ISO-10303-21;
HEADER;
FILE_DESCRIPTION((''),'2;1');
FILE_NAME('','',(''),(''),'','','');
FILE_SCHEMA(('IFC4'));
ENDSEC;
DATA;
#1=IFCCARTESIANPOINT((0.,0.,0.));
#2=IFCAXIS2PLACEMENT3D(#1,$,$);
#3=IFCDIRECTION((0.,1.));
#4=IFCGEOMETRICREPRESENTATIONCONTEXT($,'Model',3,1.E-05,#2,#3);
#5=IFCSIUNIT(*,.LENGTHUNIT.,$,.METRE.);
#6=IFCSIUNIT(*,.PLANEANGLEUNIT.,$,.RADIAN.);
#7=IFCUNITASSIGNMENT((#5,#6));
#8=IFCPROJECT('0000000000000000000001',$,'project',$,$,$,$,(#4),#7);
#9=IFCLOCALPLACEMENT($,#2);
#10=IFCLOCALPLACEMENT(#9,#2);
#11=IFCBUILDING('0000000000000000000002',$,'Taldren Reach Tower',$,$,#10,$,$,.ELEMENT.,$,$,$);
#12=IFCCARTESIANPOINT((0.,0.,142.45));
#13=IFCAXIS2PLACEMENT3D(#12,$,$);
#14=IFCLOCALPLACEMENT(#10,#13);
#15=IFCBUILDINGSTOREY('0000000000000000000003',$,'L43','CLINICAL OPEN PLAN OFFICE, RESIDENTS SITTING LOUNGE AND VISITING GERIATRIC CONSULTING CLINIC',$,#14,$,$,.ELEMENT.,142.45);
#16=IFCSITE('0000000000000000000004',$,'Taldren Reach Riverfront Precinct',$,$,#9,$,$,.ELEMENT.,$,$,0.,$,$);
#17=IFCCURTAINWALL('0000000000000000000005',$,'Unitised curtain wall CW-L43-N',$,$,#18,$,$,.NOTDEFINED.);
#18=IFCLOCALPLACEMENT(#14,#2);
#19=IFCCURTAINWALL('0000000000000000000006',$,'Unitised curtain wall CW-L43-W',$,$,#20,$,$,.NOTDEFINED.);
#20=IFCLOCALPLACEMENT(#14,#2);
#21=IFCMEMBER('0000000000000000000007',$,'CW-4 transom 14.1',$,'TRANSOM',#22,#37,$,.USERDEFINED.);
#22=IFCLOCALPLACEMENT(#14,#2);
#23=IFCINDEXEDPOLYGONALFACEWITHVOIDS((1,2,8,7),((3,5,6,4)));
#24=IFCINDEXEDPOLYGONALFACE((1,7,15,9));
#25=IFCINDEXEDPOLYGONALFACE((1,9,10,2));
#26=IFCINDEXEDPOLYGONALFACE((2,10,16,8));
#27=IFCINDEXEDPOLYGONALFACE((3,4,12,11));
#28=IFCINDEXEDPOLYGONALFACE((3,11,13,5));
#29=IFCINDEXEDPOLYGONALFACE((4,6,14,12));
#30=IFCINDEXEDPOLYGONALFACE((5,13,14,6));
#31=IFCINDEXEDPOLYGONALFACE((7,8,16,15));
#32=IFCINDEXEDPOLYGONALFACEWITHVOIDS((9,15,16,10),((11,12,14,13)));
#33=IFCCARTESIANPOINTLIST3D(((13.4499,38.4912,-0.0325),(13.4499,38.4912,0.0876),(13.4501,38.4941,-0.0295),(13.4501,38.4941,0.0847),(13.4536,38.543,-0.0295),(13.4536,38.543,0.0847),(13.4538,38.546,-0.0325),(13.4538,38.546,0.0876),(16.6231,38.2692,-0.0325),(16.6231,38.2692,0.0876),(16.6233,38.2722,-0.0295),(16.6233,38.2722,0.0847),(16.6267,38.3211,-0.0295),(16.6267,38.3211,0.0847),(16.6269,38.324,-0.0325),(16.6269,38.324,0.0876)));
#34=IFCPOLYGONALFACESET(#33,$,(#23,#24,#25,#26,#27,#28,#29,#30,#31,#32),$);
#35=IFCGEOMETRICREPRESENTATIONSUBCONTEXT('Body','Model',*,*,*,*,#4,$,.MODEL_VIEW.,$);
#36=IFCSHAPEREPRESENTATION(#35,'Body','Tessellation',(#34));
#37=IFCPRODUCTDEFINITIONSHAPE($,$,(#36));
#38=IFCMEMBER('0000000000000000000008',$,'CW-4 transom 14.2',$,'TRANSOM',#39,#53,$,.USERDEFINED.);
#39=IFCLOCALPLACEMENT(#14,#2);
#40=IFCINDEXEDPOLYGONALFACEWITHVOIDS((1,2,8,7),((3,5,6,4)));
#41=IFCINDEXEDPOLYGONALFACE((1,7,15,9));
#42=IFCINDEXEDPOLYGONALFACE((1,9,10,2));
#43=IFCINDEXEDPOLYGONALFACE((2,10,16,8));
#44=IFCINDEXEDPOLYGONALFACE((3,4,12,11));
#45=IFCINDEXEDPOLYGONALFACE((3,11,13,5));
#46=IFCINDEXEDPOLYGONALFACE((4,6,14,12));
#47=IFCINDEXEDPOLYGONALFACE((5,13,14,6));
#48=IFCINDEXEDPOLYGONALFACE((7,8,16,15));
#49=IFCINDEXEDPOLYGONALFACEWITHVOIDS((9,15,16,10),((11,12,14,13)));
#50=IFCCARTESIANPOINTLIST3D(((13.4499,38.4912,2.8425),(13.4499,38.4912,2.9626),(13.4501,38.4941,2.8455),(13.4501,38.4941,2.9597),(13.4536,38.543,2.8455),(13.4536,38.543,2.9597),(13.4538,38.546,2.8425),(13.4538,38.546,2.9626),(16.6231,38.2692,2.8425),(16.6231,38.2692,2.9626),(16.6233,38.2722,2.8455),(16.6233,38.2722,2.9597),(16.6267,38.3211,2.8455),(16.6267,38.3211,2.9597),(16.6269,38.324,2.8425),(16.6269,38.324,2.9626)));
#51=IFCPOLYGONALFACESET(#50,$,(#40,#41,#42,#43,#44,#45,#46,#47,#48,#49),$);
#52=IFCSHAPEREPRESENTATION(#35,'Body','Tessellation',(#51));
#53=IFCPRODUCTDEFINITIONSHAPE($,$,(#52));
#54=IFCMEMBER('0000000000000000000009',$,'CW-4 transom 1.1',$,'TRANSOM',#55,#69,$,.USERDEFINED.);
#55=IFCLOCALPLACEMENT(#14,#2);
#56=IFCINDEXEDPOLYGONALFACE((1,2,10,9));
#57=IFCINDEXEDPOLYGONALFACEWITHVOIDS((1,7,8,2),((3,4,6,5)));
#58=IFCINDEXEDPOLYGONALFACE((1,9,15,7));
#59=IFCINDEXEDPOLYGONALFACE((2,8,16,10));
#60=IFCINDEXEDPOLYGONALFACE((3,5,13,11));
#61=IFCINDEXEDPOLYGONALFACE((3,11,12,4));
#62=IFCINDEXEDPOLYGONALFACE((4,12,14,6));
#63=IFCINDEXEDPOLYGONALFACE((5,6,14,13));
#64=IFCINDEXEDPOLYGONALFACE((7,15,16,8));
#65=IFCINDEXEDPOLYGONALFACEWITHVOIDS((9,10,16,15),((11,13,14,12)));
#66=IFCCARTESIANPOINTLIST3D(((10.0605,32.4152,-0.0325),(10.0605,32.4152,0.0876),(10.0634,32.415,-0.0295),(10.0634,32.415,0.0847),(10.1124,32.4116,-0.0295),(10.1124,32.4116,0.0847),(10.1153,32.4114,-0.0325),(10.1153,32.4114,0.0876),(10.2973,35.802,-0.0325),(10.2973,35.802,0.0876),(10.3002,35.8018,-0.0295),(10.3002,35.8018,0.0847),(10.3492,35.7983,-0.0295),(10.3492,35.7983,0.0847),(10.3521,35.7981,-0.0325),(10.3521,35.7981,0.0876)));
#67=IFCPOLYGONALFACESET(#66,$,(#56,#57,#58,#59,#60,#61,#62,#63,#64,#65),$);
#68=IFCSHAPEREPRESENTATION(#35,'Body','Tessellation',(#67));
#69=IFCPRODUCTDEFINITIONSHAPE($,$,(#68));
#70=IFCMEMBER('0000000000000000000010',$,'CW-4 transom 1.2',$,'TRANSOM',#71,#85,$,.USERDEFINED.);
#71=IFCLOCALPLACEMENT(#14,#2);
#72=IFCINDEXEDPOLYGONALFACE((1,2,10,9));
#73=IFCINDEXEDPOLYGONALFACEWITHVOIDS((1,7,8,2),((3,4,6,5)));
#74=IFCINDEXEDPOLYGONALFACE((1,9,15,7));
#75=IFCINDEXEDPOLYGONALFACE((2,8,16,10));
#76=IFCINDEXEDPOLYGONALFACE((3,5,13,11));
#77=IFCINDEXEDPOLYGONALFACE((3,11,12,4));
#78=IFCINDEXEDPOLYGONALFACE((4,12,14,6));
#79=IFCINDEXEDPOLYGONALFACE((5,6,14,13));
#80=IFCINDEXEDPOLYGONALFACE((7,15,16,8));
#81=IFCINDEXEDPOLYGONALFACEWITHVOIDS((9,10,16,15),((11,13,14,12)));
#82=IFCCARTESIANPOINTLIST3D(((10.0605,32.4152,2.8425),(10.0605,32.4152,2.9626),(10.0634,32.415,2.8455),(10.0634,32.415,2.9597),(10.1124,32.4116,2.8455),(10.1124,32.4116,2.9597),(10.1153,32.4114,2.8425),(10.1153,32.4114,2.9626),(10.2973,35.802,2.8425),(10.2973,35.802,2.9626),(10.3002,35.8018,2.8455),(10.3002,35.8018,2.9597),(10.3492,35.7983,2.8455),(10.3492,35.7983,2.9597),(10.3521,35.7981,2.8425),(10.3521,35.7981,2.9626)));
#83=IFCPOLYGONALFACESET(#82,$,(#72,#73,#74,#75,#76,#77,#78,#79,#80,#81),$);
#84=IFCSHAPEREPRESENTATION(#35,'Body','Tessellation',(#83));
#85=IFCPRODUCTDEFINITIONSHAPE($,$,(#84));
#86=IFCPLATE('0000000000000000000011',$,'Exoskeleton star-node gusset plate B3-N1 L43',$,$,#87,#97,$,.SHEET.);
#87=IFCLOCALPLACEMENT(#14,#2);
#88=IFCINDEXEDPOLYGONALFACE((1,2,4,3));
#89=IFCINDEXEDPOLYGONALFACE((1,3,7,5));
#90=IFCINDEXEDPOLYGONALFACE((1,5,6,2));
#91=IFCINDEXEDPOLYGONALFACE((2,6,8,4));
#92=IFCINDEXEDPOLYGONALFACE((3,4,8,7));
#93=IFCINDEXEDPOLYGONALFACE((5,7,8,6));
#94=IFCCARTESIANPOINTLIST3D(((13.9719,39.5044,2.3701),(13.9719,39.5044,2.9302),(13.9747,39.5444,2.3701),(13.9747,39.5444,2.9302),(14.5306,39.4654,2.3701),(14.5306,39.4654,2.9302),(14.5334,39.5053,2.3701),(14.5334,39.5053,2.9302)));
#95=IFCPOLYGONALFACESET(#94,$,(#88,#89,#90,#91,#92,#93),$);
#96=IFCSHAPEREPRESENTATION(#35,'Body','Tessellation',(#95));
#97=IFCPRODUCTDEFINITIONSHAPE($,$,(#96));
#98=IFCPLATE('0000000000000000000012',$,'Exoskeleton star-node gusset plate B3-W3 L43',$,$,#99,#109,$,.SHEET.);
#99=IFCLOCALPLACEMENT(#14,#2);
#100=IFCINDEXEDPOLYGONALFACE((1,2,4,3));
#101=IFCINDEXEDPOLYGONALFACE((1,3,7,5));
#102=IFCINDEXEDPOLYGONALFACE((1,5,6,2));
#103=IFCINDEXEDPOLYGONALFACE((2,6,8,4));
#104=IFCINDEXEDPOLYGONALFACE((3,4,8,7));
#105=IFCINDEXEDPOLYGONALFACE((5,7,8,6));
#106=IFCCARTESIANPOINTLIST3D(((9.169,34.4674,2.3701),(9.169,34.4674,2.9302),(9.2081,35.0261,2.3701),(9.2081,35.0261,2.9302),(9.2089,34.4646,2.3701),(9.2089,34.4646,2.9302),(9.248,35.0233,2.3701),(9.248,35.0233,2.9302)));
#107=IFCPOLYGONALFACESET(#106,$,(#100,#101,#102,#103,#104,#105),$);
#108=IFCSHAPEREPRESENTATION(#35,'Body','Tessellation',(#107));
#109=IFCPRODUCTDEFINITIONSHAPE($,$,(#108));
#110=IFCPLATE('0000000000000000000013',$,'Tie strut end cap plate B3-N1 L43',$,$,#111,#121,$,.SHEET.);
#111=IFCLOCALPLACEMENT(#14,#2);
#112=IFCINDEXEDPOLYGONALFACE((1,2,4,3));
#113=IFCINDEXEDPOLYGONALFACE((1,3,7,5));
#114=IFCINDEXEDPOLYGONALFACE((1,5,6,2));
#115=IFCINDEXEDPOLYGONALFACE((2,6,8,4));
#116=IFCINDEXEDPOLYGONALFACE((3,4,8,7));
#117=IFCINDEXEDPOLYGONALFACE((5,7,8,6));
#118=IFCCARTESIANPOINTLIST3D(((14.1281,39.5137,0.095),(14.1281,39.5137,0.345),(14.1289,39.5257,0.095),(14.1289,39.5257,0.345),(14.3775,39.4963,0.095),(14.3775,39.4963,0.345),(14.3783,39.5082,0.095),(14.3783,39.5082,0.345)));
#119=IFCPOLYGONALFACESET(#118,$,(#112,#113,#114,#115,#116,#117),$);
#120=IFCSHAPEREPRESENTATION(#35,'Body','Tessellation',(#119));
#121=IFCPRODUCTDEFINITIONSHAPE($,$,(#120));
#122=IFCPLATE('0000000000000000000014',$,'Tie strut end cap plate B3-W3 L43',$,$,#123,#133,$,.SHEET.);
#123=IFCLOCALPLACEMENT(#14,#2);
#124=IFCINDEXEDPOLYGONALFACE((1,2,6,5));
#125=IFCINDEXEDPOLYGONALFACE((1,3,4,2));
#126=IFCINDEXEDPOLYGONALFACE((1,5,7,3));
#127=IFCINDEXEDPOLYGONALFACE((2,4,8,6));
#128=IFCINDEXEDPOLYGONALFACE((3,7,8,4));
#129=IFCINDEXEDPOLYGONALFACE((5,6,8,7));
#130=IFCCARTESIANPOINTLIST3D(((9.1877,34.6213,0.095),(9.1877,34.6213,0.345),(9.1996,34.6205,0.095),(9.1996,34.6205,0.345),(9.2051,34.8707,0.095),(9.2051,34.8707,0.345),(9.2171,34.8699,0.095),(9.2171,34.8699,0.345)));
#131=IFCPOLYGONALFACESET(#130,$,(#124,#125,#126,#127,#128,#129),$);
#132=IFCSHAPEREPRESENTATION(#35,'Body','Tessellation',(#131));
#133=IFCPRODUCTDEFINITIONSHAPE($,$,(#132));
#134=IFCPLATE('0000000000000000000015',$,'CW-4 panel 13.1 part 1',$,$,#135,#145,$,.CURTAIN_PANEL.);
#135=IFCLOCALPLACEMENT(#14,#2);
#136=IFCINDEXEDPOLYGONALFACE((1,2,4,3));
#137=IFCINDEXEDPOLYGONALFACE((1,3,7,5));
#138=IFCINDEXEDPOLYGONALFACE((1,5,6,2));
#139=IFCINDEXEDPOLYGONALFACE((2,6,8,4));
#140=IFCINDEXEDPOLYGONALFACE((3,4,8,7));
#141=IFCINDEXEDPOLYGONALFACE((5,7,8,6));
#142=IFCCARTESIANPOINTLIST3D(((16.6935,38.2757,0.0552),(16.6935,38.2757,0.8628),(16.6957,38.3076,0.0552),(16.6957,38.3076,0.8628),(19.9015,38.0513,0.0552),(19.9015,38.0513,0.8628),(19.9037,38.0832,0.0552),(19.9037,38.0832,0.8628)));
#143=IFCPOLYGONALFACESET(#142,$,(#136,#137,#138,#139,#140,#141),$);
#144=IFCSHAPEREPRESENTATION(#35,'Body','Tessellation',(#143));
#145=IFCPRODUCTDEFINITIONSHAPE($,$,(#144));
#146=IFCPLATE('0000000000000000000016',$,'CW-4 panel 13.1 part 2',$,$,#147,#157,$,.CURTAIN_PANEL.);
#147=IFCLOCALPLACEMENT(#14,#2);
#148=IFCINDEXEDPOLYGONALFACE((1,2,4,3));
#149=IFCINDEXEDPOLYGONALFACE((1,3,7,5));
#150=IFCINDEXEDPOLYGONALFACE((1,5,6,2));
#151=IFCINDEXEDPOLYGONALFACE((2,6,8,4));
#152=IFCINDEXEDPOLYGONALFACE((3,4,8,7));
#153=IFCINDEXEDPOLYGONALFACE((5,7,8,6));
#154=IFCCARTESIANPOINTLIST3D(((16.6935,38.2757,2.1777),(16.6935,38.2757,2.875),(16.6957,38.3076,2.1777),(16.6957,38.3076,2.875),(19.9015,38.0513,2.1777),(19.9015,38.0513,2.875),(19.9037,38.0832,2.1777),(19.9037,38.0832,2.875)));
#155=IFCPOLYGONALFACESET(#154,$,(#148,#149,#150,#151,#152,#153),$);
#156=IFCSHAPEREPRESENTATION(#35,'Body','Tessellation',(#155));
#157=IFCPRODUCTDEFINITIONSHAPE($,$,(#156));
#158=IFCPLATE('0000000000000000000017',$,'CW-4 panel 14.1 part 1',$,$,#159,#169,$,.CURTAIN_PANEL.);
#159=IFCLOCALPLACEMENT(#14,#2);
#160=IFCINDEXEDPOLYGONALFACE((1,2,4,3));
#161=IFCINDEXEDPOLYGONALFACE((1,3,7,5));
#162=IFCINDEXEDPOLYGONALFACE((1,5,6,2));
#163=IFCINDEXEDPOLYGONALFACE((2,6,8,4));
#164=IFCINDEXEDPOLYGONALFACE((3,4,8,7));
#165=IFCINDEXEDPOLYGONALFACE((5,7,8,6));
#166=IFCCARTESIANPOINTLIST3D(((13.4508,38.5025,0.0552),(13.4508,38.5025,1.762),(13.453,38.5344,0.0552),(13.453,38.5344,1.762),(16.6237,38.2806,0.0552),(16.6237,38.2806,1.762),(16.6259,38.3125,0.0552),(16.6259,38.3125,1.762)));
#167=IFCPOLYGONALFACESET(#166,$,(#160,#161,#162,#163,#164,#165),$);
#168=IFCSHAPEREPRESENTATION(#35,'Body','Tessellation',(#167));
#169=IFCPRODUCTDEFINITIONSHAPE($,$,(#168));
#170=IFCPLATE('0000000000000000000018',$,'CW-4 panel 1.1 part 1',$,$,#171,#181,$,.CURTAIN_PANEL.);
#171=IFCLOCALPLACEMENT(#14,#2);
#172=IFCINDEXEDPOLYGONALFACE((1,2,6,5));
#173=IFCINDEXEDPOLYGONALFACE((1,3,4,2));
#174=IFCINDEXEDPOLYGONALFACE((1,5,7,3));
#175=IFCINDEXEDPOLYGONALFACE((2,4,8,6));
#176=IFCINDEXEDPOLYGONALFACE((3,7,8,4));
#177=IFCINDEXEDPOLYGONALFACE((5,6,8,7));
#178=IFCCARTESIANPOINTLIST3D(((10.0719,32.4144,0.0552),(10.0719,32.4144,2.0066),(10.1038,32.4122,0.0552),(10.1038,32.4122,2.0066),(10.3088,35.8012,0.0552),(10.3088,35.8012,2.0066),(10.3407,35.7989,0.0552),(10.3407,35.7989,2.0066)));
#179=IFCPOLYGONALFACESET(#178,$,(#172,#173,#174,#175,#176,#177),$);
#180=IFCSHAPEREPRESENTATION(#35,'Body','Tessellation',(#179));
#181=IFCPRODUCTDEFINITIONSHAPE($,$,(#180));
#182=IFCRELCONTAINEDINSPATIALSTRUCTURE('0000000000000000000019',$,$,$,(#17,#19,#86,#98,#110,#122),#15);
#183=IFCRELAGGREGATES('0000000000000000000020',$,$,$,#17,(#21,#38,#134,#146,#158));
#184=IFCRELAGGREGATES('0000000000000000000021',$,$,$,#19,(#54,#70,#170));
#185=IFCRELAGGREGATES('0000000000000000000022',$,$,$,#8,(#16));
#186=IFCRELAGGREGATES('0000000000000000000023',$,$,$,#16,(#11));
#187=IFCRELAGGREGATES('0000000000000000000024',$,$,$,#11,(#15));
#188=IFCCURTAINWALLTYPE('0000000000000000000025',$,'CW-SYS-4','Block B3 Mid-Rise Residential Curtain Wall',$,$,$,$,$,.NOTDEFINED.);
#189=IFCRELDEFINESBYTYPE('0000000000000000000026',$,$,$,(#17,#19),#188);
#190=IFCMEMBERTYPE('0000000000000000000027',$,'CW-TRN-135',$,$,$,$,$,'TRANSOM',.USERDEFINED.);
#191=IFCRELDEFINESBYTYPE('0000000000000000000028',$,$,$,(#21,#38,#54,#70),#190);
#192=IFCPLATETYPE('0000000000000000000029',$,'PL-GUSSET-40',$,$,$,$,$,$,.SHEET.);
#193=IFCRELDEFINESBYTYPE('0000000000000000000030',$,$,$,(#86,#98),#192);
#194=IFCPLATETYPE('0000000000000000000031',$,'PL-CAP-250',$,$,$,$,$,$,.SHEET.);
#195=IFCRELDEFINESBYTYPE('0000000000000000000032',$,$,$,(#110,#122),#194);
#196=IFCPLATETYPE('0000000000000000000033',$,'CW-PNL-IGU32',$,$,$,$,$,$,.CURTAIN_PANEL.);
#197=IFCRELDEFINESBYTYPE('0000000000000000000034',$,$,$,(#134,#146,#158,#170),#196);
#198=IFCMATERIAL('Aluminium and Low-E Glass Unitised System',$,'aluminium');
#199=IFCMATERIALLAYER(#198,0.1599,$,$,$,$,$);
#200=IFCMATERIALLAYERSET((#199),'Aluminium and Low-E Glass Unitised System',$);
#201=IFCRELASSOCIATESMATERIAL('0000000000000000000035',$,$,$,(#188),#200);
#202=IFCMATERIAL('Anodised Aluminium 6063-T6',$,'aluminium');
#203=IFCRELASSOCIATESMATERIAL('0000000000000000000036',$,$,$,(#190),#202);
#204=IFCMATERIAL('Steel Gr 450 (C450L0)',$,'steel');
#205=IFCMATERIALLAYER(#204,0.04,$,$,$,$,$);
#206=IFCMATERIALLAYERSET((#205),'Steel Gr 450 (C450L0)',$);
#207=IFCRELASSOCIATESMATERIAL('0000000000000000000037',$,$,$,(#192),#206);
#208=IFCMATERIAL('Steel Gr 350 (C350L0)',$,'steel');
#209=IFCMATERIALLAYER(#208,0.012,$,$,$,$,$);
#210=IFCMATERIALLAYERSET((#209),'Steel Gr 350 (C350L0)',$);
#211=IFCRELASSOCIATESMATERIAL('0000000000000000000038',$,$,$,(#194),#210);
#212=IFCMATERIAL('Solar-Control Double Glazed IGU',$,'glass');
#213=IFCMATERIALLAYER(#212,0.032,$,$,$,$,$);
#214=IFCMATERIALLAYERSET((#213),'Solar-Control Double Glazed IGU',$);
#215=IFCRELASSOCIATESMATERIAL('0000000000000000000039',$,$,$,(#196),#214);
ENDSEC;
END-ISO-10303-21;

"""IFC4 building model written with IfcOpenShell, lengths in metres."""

from ifc_helpers import new_model, si_unit, direction, frame, origin, origin_2d, place, context, subcontext, project, spatial, rectangle, hollow_rectangle, extrude, source, transform, mapped, material, layer, layer_set, material_profile, profile_set, type_object, element, aggregate, save


model = new_model("IFC4")

# Units and contexts
model_context = context("Model", 3, precision=1e-05, world=origin(), true_north=direction((0.0, 1.0)))
body_context = subcontext(model_context, "Body", "Model", "MODEL_VIEW")
ifc_project = project(units=[si_unit("LENGTHUNIT", "METRE"), si_unit("PLANEANGLEUNIT", "RADIAN")], contexts=[model_context])

# Site, building, storey
site_placement = place(None, origin())
site = spatial("IfcSite", under=ifc_project, at=site_placement, Name="Taldren Reach Riverfront Precinct", CompositionType="ELEMENT", RefElevation=0.0)
building_placement = place(site_placement, origin())
building = spatial("IfcBuilding", under=site, at=building_placement, Name="Taldren Reach Tower", CompositionType="ELEMENT")
storey_placement = place(building_placement, frame((0.0, 0.0, 142.45)))
storey = spatial("IfcBuildingStorey", under=building, at=storey_placement, Name="L43", Description="CLINICAL OPEN PLAN OFFICE, RESIDENTS SITTING LOUNGE AND VISITING GERIATRIC CONSULTING CLINIC", CompositionType="ELEMENT", Elevation=142.45)

# Shared definitions
ifc_material_1 = material(Name="Steel Gr 450 (C450L0)", Category="steel")

# Shared definitions
ifc_material_2 = material(Name="Steel Gr 350 (C350L0)", Category="steel")

# Curtain walls
ifc_material_3 = material(Name="Aluminium and Low-E Glass Unitised System", Category="aluminium")
ifc_layer_1 = layer(ifc_material_3, 0.1599)
ifc_layer_set_1 = layer_set([ifc_layer_1], Name="Aluminium and Low-E Glass Unitised System")
curtain_wall_type = type_object("IfcCurtainWallType", Name="CW-SYS-4", Description="Block B3 Mid-Rise Residential Curtain Wall", PredefinedType="NOTDEFINED", material=ifc_layer_set_1)
curtain_wall_1_placement = place(storey_placement, origin())
curtain_wall_1 = element("IfcCurtainWall", 1, at=curtain_wall_1_placement, inside=storey, type_object=curtain_wall_type, Name="Unitised curtain wall CW-L43-N", PredefinedType="NOTDEFINED")
ifc_material_4 = material(Name="Anodised Aluminium 6063-T6", Category="aluminium")
curtain_wall_2_placement = place(storey_placement, origin())
curtain_wall_2 = element("IfcCurtainWall", 2, at=curtain_wall_2_placement, inside=storey, type_object=curtain_wall_type, Name="Unitised curtain wall CW-L43-W", PredefinedType="NOTDEFINED")

# Members
ifc_material_profile_1 = material_profile(ifc_material_4, hollow_rectangle(XDim=0.0549, YDim=0.1201, WallThickness=0.0029, at=origin_2d()), Name="ALU-120x55x3RHS")
ifc_profile_set_1 = profile_set([ifc_material_profile_1], Name="Anodised Aluminium 6063-T6")
member_type_1 = type_object("IfcMemberType", Name="CW-TRN-135", ElementType="TRANSOM", PredefinedType="USERDEFINED", material=ifc_profile_set_1)
shared_shape_1 = source(origin(), body_context, "Body", "SweptSolid", [
    extrude(hollow_rectangle(XDim=0.0549, YDim=0.1201, WallThickness=0.0029, at=origin_2d()), origin(), (0.0, 0.0, 1.0), 3.1809),
])
member_1_placement = place(storey_placement, frame((16.625, 38.2966, 0.0276), z_axis=(-0.997563, 0.069769, 0.0), x_axis=(-0.069769, -0.997563, 0.0)))
member_1 = element("IfcMember", 3, at=member_1_placement, type_object=member_type_1, Name="CW-4 transom 14.1", ObjectType="TRANSOM", PredefinedType="USERDEFINED", context=body_context, shape_type="MappedRepresentation", body=[
    mapped(shared_shape_1, transform((0.0, 0.0, 0.0), scale=1.0)),
])
member_2_placement = place(storey_placement, frame((16.625, 38.2966, 2.9026), z_axis=(-0.997563, 0.069769, 0.0), x_axis=(-0.069769, -0.997563, 0.0)))
member_2 = element("IfcMember", 4, at=member_2_placement, type_object=member_type_1, Name="CW-4 transom 14.2", ObjectType="TRANSOM", PredefinedType="USERDEFINED", context=body_context, shape_type="MappedRepresentation", body=[
    mapped(shared_shape_1, transform((0.0, 0.0, 0.0), scale=1.0)),
])
shared_shape_2 = source(origin(), body_context, "Body", "SweptSolid", [
    extrude(hollow_rectangle(XDim=0.0549, YDim=0.1201, WallThickness=0.0029, at=origin_2d()), origin(), (0.0, 0.0, 1.0), 3.395),
])
member_3_placement = place(storey_placement, frame((10.3247, 35.8, 0.0276), z_axis=(-0.069755, -0.997564, 0.0), x_axis=(0.997564, -0.069755, 0.0)))
member_3 = element("IfcMember", 5, at=member_3_placement, type_object=member_type_1, Name="CW-4 transom 1.1", ObjectType="TRANSOM", PredefinedType="USERDEFINED", context=body_context, shape_type="MappedRepresentation", body=[
    mapped(shared_shape_2, transform((0.0, 0.0, 0.0), scale=1.0)),
])
member_4_placement = place(storey_placement, frame((10.3247, 35.8, 2.9026), z_axis=(-0.069755, -0.997564, 0.0), x_axis=(0.997564, -0.069755, 0.0)))
member_4 = element("IfcMember", 6, at=member_4_placement, type_object=member_type_1, Name="CW-4 transom 1.2", ObjectType="TRANSOM", PredefinedType="USERDEFINED", context=body_context, shape_type="MappedRepresentation", body=[
    mapped(shared_shape_2, transform((0.0, 0.0, 0.0), scale=1.0)),
])

# Plates
ifc_layer_2 = layer(ifc_material_1, 0.04)
ifc_layer_set_2 = layer_set([ifc_layer_2], Name="Steel Gr 450 (C450L0)")
plate_type_1 = type_object("IfcPlateType", Name="PL-GUSSET-40", PredefinedType="SHEET", material=ifc_layer_set_2)
shared_shape_3 = source(origin(), body_context, "Body", "SweptSolid", [
    extrude(rectangle(XDim=0.5601, YDim=0.04, at=origin_2d()), origin(), (0.0, 0.0, 1.0), 0.5601),
])
for number, where, z_axis, x_axis, name in (
    (7, (14.2527, 39.5049, 2.3701), (0.0, 0.0, 1.0), (0.997564, -0.069756, 0.0), "Exoskeleton star-node gusset plate B3-N1 L43"),
    (8, (9.2085, 34.7454, 2.3701), (0.0, 0.0, 1.0), (0.069756, 0.997564, 0.0), "Exoskeleton star-node gusset plate B3-W3 L43"),
):
    element("IfcPlate", number, at=place(storey_placement, frame(where, z_axis=z_axis, x_axis=x_axis)), inside=storey, type_object=plate_type_1, Name=name, PredefinedType="SHEET", context=body_context, shape_type="MappedRepresentation", body=[
        mapped(shared_shape_3, transform((0.0, 0.0, 0.0), scale=1.0)),
    ])
ifc_layer_3 = layer(ifc_material_2, 0.012)
ifc_layer_set_3 = layer_set([ifc_layer_3], Name="Steel Gr 350 (C350L0)")
plate_type_2 = type_object("IfcPlateType", Name="PL-CAP-250", PredefinedType="SHEET", material=ifc_layer_set_3)
shared_shape_4 = source(origin(), body_context, "Body", "SweptSolid", [
    extrude(rectangle(XDim=0.25, YDim=0.012, at=origin_2d()), origin(), (0.0, 0.0, 1.0), 0.25),
])
plate_1_placement = place(storey_placement, frame((14.2532, 39.511, 0.095), z_axis=(0.0, 0.0, 1.0), x_axis=(0.997564, -0.069756, 0.0)))
element("IfcPlate", 9, at=plate_1_placement, inside=storey, type_object=plate_type_2, Name="Tie strut end cap plate B3-N1 L43", PredefinedType="SHEET", context=body_context, shape_type="MappedRepresentation", body=[
    mapped(shared_shape_4, transform((0.0, 0.0, 0.0), scale=1.0)),
])
shared_shape_5 = source(origin(), body_context, "Body", "SweptSolid", [
    extrude(rectangle(XDim=0.012, YDim=0.25, at=origin_2d()), origin(), (0.0, 0.0, 1.0), 0.25),
])
plate_2_placement = place(storey_placement, frame((9.2024, 34.7456, 0.095), z_axis=(0.0, 0.0, 1.0), x_axis=(0.997564, -0.069756, 0.0)))
element("IfcPlate", 10, at=plate_2_placement, inside=storey, type_object=plate_type_2, Name="Tie strut end cap plate B3-W3 L43", PredefinedType="SHEET", context=body_context, shape_type="MappedRepresentation", body=[
    mapped(shared_shape_5, transform((0.0, 0.0, 0.0), scale=1.0)),
])

# Plates
ifc_material_5 = material(Name="Solar-Control Double Glazed IGU", Category="glass")
ifc_layer_4 = layer(ifc_material_5, 0.032)
ifc_layer_set_4 = layer_set([ifc_layer_4], Name="Solar-Control Double Glazed IGU")
plate_type_3 = type_object("IfcPlateType", Name="CW-PNL-IGU32", PredefinedType="CURTAIN_PANEL", material=ifc_layer_set_4)
shared_shape_6 = source(origin(), body_context, "Body", "SweptSolid", [
    extrude(rectangle(XDim=3.2158, YDim=0.032, at=origin_2d()), origin(), (0.0, 0.0, 1.0), 0.8076),
])
plate_3_placement = place(storey_placement, frame((18.2986, 38.1794, 0.0552), z_axis=(0.0, 0.0, 1.0), x_axis=(-0.997564, 0.069757, 0.0)))
plate_3 = element("IfcPlate", 11, at=plate_3_placement, type_object=plate_type_3, Name="CW-4 panel 13.1 part 1", PredefinedType="CURTAIN_PANEL", context=body_context, shape_type="MappedRepresentation", body=[
    mapped(shared_shape_6, transform((0.0, 0.0, 0.0), scale=1.0)),
])
shared_shape_7 = source(origin(), body_context, "Body", "SweptSolid", [
    extrude(rectangle(XDim=3.2158, YDim=0.032, at=origin_2d()), origin(), (0.0, 0.0, 1.0), 0.6973),
])
plate_4_placement = place(storey_placement, frame((18.2986, 38.1794, 2.1777), z_axis=(0.0, 0.0, 1.0), x_axis=(-0.997564, 0.069757, 0.0)))
plate_4 = element("IfcPlate", 12, at=plate_4_placement, type_object=plate_type_3, Name="CW-4 panel 13.1 part 2", PredefinedType="CURTAIN_PANEL", context=body_context, shape_type="MappedRepresentation", body=[
    mapped(shared_shape_7, transform((0.0, 0.0, 0.0), scale=1.0)),
])
shared_shape_8 = source(origin(), body_context, "Body", "SweptSolid", [
    extrude(rectangle(XDim=3.1807, YDim=0.032, at=origin_2d()), origin(), (0.0, 0.0, 1.0), 1.7068),
])
plate_5_placement = place(storey_placement, frame((15.0383, 38.4075, 0.0552), z_axis=(0.0, 0.0, 1.0), x_axis=(-0.997564, 0.069757, 0.0)))
plate_5 = element("IfcPlate", 13, at=plate_5_placement, type_object=plate_type_3, Name="CW-4 panel 14.1 part 1", PredefinedType="CURTAIN_PANEL", context=body_context, shape_type="MappedRepresentation", body=[
    mapped(shared_shape_8, transform((0.0, 0.0, 0.0), scale=1.0)),
])
aggregate(curtain_wall_1, [member_1, member_2, plate_3, plate_4, plate_5])
shared_shape_9 = source(origin(), body_context, "Body", "SweptSolid", [
    extrude(rectangle(XDim=3.395, YDim=0.032, at=origin_2d()), origin(), (0.0, 0.0, 1.0), 1.9514),
])
plate_6_placement = place(storey_placement, frame((10.2063, 34.1067, 0.0552), z_axis=(0.0, 0.0, 1.0), x_axis=(-0.069756, -0.997564, 0.0)))
plate_6 = element("IfcPlate", 14, at=plate_6_placement, type_object=plate_type_3, Name="CW-4 panel 1.1 part 1", PredefinedType="CURTAIN_PANEL", context=body_context, shape_type="MappedRepresentation", body=[
    mapped(shared_shape_9, transform((0.0, 0.0, 0.0), scale=1.0)),
])
aggregate(curtain_wall_2, [member_3, member_4, plate_6])

save(model, "model.ifc")
